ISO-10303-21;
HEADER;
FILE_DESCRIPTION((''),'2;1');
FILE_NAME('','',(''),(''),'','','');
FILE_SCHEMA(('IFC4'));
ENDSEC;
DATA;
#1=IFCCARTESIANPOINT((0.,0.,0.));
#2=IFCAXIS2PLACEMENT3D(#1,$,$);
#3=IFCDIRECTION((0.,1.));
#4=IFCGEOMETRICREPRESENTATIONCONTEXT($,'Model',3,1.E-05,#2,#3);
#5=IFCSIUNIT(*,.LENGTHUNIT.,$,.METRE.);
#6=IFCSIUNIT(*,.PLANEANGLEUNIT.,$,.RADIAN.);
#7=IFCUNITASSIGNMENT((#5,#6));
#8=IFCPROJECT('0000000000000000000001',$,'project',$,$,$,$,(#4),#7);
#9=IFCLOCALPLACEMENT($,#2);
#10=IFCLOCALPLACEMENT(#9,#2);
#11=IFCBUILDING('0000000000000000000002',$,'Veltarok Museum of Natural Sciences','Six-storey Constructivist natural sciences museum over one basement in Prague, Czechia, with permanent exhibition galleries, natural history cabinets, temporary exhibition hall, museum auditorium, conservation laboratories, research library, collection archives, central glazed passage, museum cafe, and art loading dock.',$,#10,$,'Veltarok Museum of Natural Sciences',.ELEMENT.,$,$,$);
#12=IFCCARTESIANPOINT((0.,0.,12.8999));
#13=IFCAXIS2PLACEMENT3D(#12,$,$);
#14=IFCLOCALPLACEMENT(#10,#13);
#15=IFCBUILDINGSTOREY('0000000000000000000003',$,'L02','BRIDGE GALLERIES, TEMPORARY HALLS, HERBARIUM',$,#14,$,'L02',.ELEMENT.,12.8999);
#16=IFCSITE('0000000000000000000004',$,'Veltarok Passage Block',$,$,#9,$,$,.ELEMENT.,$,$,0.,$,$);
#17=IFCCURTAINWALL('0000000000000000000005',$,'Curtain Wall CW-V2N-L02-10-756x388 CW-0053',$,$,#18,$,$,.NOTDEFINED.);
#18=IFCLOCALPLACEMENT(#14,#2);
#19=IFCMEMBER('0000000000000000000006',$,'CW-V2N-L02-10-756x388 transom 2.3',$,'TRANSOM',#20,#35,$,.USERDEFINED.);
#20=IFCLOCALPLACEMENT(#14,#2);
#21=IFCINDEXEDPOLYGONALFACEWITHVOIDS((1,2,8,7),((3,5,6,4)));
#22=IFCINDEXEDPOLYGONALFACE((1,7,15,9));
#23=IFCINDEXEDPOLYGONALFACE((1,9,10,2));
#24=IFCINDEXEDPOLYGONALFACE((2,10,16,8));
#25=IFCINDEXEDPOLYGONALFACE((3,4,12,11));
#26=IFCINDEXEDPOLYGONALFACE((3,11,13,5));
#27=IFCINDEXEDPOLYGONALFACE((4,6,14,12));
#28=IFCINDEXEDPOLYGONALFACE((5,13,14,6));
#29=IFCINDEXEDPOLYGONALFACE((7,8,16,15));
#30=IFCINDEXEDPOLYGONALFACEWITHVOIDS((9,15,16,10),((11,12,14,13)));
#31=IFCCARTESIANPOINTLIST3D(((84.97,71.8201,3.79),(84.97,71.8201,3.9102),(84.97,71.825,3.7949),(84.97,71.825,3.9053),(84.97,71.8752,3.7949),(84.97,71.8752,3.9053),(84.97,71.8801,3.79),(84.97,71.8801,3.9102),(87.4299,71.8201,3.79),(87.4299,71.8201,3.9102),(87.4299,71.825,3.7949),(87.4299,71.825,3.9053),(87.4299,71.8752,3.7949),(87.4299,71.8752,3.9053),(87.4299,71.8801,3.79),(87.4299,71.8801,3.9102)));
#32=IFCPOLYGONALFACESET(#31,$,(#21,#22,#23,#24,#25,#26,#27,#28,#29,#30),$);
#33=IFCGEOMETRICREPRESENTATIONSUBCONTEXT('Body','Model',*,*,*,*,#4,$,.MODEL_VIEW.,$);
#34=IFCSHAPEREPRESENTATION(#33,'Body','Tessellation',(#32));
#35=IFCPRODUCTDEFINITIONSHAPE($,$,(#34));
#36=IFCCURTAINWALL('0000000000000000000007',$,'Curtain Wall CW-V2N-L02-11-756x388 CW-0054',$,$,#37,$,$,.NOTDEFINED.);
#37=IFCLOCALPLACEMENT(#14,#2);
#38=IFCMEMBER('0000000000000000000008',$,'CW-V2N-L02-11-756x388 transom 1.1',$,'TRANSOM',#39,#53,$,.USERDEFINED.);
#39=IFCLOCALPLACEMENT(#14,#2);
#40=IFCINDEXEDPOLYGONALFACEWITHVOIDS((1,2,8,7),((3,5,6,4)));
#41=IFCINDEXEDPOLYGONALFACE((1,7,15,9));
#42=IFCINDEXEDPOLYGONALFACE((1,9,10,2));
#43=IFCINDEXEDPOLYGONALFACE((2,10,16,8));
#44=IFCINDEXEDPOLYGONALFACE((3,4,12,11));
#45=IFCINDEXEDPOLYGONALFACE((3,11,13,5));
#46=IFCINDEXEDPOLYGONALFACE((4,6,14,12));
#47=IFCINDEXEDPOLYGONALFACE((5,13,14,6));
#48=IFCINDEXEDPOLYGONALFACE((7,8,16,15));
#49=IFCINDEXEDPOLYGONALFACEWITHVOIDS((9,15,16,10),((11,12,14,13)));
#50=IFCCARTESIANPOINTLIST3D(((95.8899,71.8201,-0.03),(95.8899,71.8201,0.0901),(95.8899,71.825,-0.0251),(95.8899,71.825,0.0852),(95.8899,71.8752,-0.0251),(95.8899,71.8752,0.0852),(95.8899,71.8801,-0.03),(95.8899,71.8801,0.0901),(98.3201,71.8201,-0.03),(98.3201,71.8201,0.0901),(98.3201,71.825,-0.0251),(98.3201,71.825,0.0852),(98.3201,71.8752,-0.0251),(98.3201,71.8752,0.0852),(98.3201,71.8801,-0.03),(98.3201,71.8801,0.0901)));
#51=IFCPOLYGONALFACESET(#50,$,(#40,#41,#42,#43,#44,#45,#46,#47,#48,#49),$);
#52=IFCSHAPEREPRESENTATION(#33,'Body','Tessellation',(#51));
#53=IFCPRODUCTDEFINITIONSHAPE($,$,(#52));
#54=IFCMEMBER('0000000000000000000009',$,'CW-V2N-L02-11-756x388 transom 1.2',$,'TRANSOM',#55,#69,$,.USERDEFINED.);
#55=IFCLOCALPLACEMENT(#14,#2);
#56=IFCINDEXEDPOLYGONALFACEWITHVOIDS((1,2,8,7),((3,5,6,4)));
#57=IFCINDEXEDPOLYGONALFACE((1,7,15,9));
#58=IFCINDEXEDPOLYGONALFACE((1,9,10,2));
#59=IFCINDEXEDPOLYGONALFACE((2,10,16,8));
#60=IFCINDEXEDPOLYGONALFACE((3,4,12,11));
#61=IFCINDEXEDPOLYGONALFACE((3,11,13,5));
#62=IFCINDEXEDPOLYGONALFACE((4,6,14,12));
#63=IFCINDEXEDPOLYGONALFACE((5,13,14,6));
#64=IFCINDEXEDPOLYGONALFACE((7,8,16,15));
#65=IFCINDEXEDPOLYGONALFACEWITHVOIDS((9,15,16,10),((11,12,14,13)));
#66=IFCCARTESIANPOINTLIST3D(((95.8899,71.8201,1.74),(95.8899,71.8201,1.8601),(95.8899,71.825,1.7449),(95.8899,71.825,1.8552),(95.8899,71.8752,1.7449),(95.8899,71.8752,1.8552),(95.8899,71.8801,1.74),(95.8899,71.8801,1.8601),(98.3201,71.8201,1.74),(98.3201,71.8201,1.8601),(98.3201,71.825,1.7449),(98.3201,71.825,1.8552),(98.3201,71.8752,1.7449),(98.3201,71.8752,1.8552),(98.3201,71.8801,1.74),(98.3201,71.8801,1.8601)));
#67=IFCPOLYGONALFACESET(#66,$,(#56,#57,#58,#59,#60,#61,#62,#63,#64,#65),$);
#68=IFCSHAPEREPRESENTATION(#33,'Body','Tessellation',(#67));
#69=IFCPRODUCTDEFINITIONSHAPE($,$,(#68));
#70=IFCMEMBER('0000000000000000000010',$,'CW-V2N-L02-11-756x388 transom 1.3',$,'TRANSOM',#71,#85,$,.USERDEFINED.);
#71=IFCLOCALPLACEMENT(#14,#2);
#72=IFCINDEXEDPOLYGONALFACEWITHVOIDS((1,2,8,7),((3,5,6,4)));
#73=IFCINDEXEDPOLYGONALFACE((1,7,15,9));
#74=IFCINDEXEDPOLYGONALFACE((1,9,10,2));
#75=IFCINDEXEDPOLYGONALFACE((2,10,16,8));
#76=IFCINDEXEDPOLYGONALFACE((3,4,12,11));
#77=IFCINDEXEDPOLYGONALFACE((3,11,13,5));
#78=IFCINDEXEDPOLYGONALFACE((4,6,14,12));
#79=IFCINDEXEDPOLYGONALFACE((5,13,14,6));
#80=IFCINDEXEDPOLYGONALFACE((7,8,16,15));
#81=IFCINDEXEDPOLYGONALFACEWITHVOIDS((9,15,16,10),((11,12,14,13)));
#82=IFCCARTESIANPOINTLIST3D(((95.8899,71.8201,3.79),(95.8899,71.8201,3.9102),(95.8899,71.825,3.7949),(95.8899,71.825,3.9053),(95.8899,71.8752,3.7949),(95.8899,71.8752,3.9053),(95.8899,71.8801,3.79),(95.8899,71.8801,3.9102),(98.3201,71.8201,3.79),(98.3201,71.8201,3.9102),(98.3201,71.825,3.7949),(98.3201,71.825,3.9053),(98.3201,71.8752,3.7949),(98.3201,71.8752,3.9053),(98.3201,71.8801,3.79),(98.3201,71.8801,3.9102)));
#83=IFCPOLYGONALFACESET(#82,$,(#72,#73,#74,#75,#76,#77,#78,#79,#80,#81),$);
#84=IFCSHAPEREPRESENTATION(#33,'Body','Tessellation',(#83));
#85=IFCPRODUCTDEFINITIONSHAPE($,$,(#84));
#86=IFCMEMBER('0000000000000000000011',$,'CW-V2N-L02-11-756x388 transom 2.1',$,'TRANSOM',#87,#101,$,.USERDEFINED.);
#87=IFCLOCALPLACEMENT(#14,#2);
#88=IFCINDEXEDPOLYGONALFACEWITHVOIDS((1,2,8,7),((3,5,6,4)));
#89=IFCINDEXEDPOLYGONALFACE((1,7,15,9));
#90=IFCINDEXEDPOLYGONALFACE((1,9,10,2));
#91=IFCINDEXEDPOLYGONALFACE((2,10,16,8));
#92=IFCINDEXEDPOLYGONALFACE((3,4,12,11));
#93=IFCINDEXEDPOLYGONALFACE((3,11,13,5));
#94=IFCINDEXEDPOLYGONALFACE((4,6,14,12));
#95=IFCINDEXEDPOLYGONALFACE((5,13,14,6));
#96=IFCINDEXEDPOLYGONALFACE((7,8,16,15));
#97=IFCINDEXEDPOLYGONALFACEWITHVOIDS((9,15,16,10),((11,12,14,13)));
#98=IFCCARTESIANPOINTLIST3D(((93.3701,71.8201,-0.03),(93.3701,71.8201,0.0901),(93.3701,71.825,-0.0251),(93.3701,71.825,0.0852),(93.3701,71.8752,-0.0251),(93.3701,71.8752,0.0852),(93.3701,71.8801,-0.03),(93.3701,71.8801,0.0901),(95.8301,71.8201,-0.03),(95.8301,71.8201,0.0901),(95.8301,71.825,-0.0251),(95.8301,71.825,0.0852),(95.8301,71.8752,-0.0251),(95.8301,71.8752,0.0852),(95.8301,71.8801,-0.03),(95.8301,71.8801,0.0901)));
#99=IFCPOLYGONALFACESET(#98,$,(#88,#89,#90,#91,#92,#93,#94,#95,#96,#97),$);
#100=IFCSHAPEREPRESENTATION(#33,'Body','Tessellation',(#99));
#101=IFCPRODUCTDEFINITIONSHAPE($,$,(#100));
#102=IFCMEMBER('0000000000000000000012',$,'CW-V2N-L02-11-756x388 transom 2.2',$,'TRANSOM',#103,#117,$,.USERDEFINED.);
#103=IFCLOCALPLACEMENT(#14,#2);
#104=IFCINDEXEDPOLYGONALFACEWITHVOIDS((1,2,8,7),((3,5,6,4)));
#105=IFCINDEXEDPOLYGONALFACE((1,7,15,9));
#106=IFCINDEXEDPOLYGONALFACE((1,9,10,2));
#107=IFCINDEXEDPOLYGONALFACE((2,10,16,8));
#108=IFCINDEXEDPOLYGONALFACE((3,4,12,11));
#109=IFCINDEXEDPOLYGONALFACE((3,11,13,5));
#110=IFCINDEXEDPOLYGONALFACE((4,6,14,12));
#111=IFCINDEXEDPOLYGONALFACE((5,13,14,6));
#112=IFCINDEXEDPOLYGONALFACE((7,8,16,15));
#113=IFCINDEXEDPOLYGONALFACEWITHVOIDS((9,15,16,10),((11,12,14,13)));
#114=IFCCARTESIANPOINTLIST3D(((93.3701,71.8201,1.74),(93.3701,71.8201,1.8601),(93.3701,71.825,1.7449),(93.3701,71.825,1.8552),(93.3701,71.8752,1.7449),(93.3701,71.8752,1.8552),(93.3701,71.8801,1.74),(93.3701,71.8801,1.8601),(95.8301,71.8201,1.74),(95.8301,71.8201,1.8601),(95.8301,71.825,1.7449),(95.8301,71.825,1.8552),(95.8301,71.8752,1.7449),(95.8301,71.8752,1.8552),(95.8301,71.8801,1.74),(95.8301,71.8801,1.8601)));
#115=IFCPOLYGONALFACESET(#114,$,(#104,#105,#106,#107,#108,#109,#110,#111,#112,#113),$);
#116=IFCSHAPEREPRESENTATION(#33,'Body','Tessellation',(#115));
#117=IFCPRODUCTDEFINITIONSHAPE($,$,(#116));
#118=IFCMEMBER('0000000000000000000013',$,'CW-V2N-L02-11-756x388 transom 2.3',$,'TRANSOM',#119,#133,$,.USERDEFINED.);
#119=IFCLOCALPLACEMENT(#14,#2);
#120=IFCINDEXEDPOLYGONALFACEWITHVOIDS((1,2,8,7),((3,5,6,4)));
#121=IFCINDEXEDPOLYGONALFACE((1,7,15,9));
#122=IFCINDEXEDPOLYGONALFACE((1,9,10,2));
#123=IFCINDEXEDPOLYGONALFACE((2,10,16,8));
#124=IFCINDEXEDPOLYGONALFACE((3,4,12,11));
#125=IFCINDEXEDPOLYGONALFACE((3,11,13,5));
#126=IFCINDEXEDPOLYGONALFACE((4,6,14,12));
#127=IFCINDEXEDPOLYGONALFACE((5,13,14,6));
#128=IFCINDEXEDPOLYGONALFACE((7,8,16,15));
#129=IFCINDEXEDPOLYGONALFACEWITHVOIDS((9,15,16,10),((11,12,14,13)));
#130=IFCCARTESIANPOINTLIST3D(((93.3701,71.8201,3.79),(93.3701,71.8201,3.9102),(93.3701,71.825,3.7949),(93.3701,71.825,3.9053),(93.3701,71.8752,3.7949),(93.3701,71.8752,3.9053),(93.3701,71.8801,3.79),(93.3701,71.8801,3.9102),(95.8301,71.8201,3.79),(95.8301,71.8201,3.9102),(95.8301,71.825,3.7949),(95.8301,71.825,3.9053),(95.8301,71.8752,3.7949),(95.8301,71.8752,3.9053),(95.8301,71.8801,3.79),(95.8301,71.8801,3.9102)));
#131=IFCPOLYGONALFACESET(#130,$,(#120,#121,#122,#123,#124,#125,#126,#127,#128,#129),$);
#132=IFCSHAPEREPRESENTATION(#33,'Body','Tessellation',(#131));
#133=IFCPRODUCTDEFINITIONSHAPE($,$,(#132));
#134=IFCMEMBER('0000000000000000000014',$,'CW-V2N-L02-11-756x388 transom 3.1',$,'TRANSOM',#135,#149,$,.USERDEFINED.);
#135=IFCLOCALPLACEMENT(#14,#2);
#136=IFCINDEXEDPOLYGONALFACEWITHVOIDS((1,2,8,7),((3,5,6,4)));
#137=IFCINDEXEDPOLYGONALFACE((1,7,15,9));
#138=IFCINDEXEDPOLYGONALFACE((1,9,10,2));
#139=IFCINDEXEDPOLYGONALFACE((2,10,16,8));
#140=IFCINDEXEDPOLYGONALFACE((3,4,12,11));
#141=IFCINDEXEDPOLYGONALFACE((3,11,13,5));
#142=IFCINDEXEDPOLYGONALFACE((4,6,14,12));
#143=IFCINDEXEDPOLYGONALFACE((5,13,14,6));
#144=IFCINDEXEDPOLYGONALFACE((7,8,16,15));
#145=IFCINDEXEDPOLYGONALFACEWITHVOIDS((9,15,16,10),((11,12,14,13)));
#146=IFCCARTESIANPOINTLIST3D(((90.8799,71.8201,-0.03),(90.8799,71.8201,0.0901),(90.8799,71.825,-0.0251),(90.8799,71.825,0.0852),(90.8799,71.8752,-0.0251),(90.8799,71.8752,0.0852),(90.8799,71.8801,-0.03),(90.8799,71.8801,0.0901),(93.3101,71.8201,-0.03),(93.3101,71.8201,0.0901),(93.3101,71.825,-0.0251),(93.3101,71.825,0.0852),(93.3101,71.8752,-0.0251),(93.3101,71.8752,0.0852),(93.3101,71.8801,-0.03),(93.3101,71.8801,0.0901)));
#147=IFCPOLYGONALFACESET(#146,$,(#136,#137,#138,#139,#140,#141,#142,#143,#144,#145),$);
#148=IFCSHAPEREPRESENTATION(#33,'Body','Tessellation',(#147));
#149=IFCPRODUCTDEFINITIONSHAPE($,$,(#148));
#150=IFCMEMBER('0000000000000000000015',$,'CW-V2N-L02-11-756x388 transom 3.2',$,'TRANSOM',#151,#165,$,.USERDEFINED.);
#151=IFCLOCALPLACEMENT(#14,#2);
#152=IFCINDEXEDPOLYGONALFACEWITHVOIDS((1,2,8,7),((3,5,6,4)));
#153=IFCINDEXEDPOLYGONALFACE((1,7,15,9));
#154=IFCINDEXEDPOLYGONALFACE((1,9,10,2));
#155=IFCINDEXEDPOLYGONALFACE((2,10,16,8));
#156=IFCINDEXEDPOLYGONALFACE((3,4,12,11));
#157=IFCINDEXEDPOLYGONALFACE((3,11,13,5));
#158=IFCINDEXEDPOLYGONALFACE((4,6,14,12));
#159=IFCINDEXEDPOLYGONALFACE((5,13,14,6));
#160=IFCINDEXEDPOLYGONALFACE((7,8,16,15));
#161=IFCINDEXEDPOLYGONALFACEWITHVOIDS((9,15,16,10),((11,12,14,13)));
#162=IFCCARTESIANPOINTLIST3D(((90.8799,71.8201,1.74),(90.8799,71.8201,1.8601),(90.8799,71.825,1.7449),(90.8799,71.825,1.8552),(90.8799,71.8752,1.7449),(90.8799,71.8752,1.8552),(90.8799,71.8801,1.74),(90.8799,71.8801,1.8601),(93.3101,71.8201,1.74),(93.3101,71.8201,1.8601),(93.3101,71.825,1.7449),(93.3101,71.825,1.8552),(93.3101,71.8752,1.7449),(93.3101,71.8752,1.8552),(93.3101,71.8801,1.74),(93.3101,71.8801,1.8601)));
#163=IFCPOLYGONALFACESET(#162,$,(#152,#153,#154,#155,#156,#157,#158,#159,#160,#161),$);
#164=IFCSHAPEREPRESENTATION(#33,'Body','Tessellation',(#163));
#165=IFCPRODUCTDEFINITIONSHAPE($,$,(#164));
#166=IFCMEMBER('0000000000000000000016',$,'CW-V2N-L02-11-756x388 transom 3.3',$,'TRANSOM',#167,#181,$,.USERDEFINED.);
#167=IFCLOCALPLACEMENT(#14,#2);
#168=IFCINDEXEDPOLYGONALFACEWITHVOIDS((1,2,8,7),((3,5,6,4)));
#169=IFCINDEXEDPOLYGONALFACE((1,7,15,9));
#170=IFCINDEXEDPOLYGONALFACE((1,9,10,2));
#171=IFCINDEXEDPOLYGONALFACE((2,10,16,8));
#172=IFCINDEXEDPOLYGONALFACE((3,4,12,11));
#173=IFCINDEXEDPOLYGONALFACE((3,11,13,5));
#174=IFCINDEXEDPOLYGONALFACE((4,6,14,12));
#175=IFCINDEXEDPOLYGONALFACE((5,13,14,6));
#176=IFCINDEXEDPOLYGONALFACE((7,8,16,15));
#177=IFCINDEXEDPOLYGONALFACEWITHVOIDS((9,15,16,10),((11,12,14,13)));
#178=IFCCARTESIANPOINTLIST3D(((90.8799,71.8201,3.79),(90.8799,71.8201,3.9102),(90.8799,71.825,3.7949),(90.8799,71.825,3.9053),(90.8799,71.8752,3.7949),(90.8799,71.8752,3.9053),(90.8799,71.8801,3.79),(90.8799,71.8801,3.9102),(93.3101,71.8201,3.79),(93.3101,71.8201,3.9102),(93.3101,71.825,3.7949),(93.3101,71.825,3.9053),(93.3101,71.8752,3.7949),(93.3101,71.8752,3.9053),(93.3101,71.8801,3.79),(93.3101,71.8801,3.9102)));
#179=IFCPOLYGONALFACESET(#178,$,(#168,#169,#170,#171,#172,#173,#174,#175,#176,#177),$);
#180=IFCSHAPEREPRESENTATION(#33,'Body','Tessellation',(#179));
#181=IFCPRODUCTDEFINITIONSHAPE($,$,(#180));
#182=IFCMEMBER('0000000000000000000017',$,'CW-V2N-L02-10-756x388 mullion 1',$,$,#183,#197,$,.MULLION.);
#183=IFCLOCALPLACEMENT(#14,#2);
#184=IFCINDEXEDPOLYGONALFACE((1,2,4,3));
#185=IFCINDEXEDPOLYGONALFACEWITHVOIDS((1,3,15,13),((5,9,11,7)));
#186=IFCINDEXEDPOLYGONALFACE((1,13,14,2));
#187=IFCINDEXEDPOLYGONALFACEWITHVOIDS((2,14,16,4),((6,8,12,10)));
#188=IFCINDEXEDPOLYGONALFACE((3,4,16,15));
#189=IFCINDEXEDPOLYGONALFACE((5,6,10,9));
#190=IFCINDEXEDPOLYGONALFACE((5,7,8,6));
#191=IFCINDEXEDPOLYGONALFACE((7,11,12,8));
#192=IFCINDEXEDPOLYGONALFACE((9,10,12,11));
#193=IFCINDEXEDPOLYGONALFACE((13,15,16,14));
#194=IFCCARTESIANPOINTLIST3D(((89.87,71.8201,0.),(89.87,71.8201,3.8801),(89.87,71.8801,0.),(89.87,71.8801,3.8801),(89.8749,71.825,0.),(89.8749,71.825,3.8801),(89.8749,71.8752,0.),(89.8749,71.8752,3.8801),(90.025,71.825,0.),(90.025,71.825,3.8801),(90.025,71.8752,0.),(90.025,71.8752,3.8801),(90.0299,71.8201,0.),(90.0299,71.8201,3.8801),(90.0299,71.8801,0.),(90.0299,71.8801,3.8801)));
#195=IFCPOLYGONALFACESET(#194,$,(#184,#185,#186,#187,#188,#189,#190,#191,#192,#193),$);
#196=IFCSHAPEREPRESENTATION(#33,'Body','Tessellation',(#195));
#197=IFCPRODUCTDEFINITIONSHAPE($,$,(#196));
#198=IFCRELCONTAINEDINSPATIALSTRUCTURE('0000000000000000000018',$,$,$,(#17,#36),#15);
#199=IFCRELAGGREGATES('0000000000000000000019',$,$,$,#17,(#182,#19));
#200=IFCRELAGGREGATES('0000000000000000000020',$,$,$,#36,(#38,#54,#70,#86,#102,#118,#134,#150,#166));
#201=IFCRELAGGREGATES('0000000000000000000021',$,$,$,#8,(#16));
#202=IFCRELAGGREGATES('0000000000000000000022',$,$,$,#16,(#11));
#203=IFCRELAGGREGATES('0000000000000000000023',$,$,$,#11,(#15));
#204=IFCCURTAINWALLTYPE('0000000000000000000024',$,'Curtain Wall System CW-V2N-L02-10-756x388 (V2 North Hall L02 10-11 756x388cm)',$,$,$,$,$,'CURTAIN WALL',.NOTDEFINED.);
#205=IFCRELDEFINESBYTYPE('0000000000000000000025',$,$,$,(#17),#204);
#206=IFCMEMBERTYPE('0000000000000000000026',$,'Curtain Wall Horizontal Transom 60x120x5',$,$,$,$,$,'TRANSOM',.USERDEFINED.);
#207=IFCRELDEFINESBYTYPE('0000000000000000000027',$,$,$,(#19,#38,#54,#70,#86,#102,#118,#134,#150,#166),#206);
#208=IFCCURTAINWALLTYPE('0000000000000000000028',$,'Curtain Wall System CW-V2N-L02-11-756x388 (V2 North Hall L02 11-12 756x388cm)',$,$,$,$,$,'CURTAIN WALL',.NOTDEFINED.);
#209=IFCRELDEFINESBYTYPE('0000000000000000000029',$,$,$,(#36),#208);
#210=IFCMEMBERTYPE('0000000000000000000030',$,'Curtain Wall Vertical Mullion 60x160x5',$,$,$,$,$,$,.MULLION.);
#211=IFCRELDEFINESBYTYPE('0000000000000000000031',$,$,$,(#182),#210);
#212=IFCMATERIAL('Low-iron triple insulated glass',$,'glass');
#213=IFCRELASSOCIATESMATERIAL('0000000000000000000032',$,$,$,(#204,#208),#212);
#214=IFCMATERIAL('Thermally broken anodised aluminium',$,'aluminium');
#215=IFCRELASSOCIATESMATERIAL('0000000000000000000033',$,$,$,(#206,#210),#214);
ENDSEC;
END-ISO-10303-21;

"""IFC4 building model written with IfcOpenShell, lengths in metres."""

from ifc_helpers import new_model, si_unit, direction, frame, origin, origin_2d, place, context, subcontext, project, spatial, hollow_rectangle, extrude, material, material_profile, profile_set, type_object, element, aggregate, save


model = new_model("IFC4")

# Units and contexts
model_context = context("Model", 3, precision=1e-05, world=origin(), true_north=direction((0.0, 1.0)))
body_context = subcontext(model_context, "Body", "Model", "MODEL_VIEW")
ifc_project = project(units=[si_unit("LENGTHUNIT", "METRE"), si_unit("PLANEANGLEUNIT", "RADIAN")], contexts=[model_context])

# Site, building, storey
site_placement = place(None, origin())
site = spatial("IfcSite", under=ifc_project, at=site_placement, Name="Veltarok Passage Block", CompositionType="ELEMENT", RefElevation=0.0)
building_placement = place(site_placement, origin())
building = spatial("IfcBuilding", under=site, at=building_placement, Name="Veltarok Museum of Natural Sciences", Description="Six-storey Constructivist natural sciences museum over one basement in Prague, Czechia, with permanent exhibition galleries, natural history cabinets, temporary exhibition hall, museum auditorium, conservation laboratories, research library, collection archives, central glazed passage, museum cafe, and art loading dock.", LongName="Veltarok Museum of Natural Sciences", CompositionType="ELEMENT")
storey_placement = place(building_placement, frame((0.0, 0.0, 12.8999)))
storey = spatial("IfcBuildingStorey", under=building, at=storey_placement, Name="L02", Description="BRIDGE GALLERIES, TEMPORARY HALLS, HERBARIUM", LongName="L02", CompositionType="ELEMENT", Elevation=12.8999)

# Curtain walls, members
ifc_material_1 = material(Name="Low-iron triple insulated glass", Category="glass")
curtain_wall_type_1 = type_object("IfcCurtainWallType", Name="Curtain Wall System CW-V2N-L02-10-756x388 (V2 North Hall L02 10-11 756x388cm)", ElementType="CURTAIN WALL", PredefinedType="NOTDEFINED", material=ifc_material_1)
curtain_wall_1_placement = place(storey_placement, origin())
curtain_wall_1 = element("IfcCurtainWall", 1, at=curtain_wall_1_placement, inside=storey, type_object=curtain_wall_type_1, Name="Curtain Wall CW-V2N-L02-10-756x388 CW-0053", PredefinedType="NOTDEFINED")
ifc_material_2 = material(Name="Thermally broken anodised aluminium", Category="aluminium")
ifc_material_profile_1 = material_profile(ifc_material_2, hollow_rectangle(XDim=0.0601, YDim=0.1201, WallThickness=0.0049, at=origin_2d()), Name="CW TRANSOM 60x120x5")
ifc_profile_set_1 = profile_set([ifc_material_profile_1], Name="Thermally broken anodised aluminium")
member_type_1 = type_object("IfcMemberType", Name="Curtain Wall Horizontal Transom 60x120x5", ElementType="TRANSOM", PredefinedType="USERDEFINED", material=ifc_profile_set_1)
member_1_placement = place(storey_placement, frame((87.4299, 71.8501, 3.8501), z_axis=(-1.0, 0.0, 0.0), x_axis=(0.0, -1.0, 0.0)))
member_1 = element("IfcMember", 2, at=member_1_placement, type_object=member_type_1, Name="CW-V2N-L02-10-756x388 transom 2.3", ObjectType="TRANSOM", PredefinedType="USERDEFINED", context=body_context, shape_type="SweptSolid", body=[
    extrude(hollow_rectangle(XDim=0.0601, YDim=0.1201, WallThickness=0.0049, at=origin_2d()), origin(), (0.0, 0.0, 1.0), 2.46),
])
curtain_wall_type_2 = type_object("IfcCurtainWallType", Name="Curtain Wall System CW-V2N-L02-11-756x388 (V2 North Hall L02 11-12 756x388cm)", ElementType="CURTAIN WALL", PredefinedType="NOTDEFINED", material=ifc_material_1)
curtain_wall_2_placement = place(storey_placement, origin())
curtain_wall_2 = element("IfcCurtainWall", 3, at=curtain_wall_2_placement, inside=storey, type_object=curtain_wall_type_2, Name="Curtain Wall CW-V2N-L02-11-756x388 CW-0054", PredefinedType="NOTDEFINED")
member_2_placement = place(storey_placement, frame((98.3201, 71.8501, 0.03), z_axis=(-1.0, 0.0, 0.0), x_axis=(0.0, -1.0, 0.0)))
member_2 = element("IfcMember", 4, at=member_2_placement, type_object=member_type_1, Name="CW-V2N-L02-11-756x388 transom 1.1", ObjectType="TRANSOM", PredefinedType="USERDEFINED", context=body_context, shape_type="SweptSolid", body=[
    extrude(hollow_rectangle(XDim=0.0601, YDim=0.1201, WallThickness=0.0049, at=origin_2d()), origin(), (0.0, 0.0, 1.0), 2.4302),
])
member_3_placement = place(storey_placement, frame((98.3201, 71.8501, 1.8), z_axis=(-1.0, 0.0, 0.0), x_axis=(0.0, -1.0, 0.0)))
member_3 = element("IfcMember", 5, at=member_3_placement, type_object=member_type_1, Name="CW-V2N-L02-11-756x388 transom 1.2", ObjectType="TRANSOM", PredefinedType="USERDEFINED", context=body_context, shape_type="SweptSolid", body=[
    extrude(hollow_rectangle(XDim=0.0601, YDim=0.1201, WallThickness=0.0049, at=origin_2d()), origin(), (0.0, 0.0, 1.0), 2.4302),
])
member_4_placement = place(storey_placement, frame((98.3201, 71.8501, 3.8501), z_axis=(-1.0, 0.0, 0.0), x_axis=(0.0, -1.0, 0.0)))
member_4 = element("IfcMember", 6, at=member_4_placement, type_object=member_type_1, Name="CW-V2N-L02-11-756x388 transom 1.3", ObjectType="TRANSOM", PredefinedType="USERDEFINED", context=body_context, shape_type="SweptSolid", body=[
    extrude(hollow_rectangle(XDim=0.0601, YDim=0.1201, WallThickness=0.0049, at=origin_2d()), origin(), (0.0, 0.0, 1.0), 2.4302),
])
member_5_placement = place(storey_placement, frame((95.8301, 71.8501, 0.03), z_axis=(-1.0, 0.0, 0.0), x_axis=(0.0, -1.0, 0.0)))
member_5 = element("IfcMember", 7, at=member_5_placement, type_object=member_type_1, Name="CW-V2N-L02-11-756x388 transom 2.1", ObjectType="TRANSOM", PredefinedType="USERDEFINED", context=body_context, shape_type="SweptSolid", body=[
    extrude(hollow_rectangle(XDim=0.0601, YDim=0.1201, WallThickness=0.0049, at=origin_2d()), origin(), (0.0, 0.0, 1.0), 2.46),
])
member_6_placement = place(storey_placement, frame((95.8301, 71.8501, 1.8), z_axis=(-1.0, 0.0, 0.0), x_axis=(0.0, -1.0, 0.0)))
member_6 = element("IfcMember", 8, at=member_6_placement, type_object=member_type_1, Name="CW-V2N-L02-11-756x388 transom 2.2", ObjectType="TRANSOM", PredefinedType="USERDEFINED", context=body_context, shape_type="SweptSolid", body=[
    extrude(hollow_rectangle(XDim=0.0601, YDim=0.1201, WallThickness=0.0049, at=origin_2d()), origin(), (0.0, 0.0, 1.0), 2.46),
])
member_7_placement = place(storey_placement, frame((95.8301, 71.8501, 3.8501), z_axis=(-1.0, 0.0, 0.0), x_axis=(0.0, -1.0, 0.0)))
member_7 = element("IfcMember", 9, at=member_7_placement, type_object=member_type_1, Name="CW-V2N-L02-11-756x388 transom 2.3", ObjectType="TRANSOM", PredefinedType="USERDEFINED", context=body_context, shape_type="SweptSolid", body=[
    extrude(hollow_rectangle(XDim=0.0601, YDim=0.1201, WallThickness=0.0049, at=origin_2d()), origin(), (0.0, 0.0, 1.0), 2.46),
])
member_8_placement = place(storey_placement, frame((93.3101, 71.8501, 0.03), z_axis=(-1.0, 0.0, 0.0), x_axis=(0.0, -1.0, 0.0)))
member_8 = element("IfcMember", 10, at=member_8_placement, type_object=member_type_1, Name="CW-V2N-L02-11-756x388 transom 3.1", ObjectType="TRANSOM", PredefinedType="USERDEFINED", context=body_context, shape_type="SweptSolid", body=[
    extrude(hollow_rectangle(XDim=0.0601, YDim=0.1201, WallThickness=0.0049, at=origin_2d()), origin(), (0.0, 0.0, 1.0), 2.4302),
])
member_9_placement = place(storey_placement, frame((93.3101, 71.8501, 1.8), z_axis=(-1.0, 0.0, 0.0), x_axis=(0.0, -1.0, 0.0)))
member_9 = element("IfcMember", 11, at=member_9_placement, type_object=member_type_1, Name="CW-V2N-L02-11-756x388 transom 3.2", ObjectType="TRANSOM", PredefinedType="USERDEFINED", context=body_context, shape_type="SweptSolid", body=[
    extrude(hollow_rectangle(XDim=0.0601, YDim=0.1201, WallThickness=0.0049, at=origin_2d()), origin(), (0.0, 0.0, 1.0), 2.4302),
])
member_10_placement = place(storey_placement, frame((93.3101, 71.8501, 3.8501), z_axis=(-1.0, 0.0, 0.0), x_axis=(0.0, -1.0, 0.0)))
member_10 = element("IfcMember", 12, at=member_10_placement, type_object=member_type_1, Name="CW-V2N-L02-11-756x388 transom 3.3", ObjectType="TRANSOM", PredefinedType="USERDEFINED", context=body_context, shape_type="SweptSolid", body=[
    extrude(hollow_rectangle(XDim=0.0601, YDim=0.1201, WallThickness=0.0049, at=origin_2d()), origin(), (0.0, 0.0, 1.0), 2.4302),
])

# Member
ifc_material_profile_2 = material_profile(ifc_material_2, hollow_rectangle(XDim=0.0601, YDim=0.1599, WallThickness=0.0049, at=origin_2d()), Name="CW MULLION 60x160x5")
ifc_profile_set_2 = profile_set([ifc_material_profile_2], Name="Thermally broken anodised aluminium")
member_type_2 = type_object("IfcMemberType", Name="Curtain Wall Vertical Mullion 60x160x5", PredefinedType="MULLION", material=ifc_profile_set_2)
member_11_placement = place(storey_placement, frame((89.95, 71.8501, 0.0), z_axis=(0.0, 0.0, 1.0), x_axis=(0.0, -1.0, 0.0)))
member_11 = element("IfcMember", 13, at=member_11_placement, type_object=member_type_2, Name="CW-V2N-L02-10-756x388 mullion 1", PredefinedType="MULLION", context=body_context, shape_type="SweptSolid", body=[
    extrude(hollow_rectangle(XDim=0.0601, YDim=0.1599, WallThickness=0.0049, at=origin_2d()), origin(), (0.0, 0.0, 1.0), 3.8801),
])

aggregate(curtain_wall_1, [member_11, member_1])
aggregate(curtain_wall_2, [member_2, member_3, member_4, member_5, member_6, member_7, member_8, member_9, member_10])

save(model, "model.ifc")
